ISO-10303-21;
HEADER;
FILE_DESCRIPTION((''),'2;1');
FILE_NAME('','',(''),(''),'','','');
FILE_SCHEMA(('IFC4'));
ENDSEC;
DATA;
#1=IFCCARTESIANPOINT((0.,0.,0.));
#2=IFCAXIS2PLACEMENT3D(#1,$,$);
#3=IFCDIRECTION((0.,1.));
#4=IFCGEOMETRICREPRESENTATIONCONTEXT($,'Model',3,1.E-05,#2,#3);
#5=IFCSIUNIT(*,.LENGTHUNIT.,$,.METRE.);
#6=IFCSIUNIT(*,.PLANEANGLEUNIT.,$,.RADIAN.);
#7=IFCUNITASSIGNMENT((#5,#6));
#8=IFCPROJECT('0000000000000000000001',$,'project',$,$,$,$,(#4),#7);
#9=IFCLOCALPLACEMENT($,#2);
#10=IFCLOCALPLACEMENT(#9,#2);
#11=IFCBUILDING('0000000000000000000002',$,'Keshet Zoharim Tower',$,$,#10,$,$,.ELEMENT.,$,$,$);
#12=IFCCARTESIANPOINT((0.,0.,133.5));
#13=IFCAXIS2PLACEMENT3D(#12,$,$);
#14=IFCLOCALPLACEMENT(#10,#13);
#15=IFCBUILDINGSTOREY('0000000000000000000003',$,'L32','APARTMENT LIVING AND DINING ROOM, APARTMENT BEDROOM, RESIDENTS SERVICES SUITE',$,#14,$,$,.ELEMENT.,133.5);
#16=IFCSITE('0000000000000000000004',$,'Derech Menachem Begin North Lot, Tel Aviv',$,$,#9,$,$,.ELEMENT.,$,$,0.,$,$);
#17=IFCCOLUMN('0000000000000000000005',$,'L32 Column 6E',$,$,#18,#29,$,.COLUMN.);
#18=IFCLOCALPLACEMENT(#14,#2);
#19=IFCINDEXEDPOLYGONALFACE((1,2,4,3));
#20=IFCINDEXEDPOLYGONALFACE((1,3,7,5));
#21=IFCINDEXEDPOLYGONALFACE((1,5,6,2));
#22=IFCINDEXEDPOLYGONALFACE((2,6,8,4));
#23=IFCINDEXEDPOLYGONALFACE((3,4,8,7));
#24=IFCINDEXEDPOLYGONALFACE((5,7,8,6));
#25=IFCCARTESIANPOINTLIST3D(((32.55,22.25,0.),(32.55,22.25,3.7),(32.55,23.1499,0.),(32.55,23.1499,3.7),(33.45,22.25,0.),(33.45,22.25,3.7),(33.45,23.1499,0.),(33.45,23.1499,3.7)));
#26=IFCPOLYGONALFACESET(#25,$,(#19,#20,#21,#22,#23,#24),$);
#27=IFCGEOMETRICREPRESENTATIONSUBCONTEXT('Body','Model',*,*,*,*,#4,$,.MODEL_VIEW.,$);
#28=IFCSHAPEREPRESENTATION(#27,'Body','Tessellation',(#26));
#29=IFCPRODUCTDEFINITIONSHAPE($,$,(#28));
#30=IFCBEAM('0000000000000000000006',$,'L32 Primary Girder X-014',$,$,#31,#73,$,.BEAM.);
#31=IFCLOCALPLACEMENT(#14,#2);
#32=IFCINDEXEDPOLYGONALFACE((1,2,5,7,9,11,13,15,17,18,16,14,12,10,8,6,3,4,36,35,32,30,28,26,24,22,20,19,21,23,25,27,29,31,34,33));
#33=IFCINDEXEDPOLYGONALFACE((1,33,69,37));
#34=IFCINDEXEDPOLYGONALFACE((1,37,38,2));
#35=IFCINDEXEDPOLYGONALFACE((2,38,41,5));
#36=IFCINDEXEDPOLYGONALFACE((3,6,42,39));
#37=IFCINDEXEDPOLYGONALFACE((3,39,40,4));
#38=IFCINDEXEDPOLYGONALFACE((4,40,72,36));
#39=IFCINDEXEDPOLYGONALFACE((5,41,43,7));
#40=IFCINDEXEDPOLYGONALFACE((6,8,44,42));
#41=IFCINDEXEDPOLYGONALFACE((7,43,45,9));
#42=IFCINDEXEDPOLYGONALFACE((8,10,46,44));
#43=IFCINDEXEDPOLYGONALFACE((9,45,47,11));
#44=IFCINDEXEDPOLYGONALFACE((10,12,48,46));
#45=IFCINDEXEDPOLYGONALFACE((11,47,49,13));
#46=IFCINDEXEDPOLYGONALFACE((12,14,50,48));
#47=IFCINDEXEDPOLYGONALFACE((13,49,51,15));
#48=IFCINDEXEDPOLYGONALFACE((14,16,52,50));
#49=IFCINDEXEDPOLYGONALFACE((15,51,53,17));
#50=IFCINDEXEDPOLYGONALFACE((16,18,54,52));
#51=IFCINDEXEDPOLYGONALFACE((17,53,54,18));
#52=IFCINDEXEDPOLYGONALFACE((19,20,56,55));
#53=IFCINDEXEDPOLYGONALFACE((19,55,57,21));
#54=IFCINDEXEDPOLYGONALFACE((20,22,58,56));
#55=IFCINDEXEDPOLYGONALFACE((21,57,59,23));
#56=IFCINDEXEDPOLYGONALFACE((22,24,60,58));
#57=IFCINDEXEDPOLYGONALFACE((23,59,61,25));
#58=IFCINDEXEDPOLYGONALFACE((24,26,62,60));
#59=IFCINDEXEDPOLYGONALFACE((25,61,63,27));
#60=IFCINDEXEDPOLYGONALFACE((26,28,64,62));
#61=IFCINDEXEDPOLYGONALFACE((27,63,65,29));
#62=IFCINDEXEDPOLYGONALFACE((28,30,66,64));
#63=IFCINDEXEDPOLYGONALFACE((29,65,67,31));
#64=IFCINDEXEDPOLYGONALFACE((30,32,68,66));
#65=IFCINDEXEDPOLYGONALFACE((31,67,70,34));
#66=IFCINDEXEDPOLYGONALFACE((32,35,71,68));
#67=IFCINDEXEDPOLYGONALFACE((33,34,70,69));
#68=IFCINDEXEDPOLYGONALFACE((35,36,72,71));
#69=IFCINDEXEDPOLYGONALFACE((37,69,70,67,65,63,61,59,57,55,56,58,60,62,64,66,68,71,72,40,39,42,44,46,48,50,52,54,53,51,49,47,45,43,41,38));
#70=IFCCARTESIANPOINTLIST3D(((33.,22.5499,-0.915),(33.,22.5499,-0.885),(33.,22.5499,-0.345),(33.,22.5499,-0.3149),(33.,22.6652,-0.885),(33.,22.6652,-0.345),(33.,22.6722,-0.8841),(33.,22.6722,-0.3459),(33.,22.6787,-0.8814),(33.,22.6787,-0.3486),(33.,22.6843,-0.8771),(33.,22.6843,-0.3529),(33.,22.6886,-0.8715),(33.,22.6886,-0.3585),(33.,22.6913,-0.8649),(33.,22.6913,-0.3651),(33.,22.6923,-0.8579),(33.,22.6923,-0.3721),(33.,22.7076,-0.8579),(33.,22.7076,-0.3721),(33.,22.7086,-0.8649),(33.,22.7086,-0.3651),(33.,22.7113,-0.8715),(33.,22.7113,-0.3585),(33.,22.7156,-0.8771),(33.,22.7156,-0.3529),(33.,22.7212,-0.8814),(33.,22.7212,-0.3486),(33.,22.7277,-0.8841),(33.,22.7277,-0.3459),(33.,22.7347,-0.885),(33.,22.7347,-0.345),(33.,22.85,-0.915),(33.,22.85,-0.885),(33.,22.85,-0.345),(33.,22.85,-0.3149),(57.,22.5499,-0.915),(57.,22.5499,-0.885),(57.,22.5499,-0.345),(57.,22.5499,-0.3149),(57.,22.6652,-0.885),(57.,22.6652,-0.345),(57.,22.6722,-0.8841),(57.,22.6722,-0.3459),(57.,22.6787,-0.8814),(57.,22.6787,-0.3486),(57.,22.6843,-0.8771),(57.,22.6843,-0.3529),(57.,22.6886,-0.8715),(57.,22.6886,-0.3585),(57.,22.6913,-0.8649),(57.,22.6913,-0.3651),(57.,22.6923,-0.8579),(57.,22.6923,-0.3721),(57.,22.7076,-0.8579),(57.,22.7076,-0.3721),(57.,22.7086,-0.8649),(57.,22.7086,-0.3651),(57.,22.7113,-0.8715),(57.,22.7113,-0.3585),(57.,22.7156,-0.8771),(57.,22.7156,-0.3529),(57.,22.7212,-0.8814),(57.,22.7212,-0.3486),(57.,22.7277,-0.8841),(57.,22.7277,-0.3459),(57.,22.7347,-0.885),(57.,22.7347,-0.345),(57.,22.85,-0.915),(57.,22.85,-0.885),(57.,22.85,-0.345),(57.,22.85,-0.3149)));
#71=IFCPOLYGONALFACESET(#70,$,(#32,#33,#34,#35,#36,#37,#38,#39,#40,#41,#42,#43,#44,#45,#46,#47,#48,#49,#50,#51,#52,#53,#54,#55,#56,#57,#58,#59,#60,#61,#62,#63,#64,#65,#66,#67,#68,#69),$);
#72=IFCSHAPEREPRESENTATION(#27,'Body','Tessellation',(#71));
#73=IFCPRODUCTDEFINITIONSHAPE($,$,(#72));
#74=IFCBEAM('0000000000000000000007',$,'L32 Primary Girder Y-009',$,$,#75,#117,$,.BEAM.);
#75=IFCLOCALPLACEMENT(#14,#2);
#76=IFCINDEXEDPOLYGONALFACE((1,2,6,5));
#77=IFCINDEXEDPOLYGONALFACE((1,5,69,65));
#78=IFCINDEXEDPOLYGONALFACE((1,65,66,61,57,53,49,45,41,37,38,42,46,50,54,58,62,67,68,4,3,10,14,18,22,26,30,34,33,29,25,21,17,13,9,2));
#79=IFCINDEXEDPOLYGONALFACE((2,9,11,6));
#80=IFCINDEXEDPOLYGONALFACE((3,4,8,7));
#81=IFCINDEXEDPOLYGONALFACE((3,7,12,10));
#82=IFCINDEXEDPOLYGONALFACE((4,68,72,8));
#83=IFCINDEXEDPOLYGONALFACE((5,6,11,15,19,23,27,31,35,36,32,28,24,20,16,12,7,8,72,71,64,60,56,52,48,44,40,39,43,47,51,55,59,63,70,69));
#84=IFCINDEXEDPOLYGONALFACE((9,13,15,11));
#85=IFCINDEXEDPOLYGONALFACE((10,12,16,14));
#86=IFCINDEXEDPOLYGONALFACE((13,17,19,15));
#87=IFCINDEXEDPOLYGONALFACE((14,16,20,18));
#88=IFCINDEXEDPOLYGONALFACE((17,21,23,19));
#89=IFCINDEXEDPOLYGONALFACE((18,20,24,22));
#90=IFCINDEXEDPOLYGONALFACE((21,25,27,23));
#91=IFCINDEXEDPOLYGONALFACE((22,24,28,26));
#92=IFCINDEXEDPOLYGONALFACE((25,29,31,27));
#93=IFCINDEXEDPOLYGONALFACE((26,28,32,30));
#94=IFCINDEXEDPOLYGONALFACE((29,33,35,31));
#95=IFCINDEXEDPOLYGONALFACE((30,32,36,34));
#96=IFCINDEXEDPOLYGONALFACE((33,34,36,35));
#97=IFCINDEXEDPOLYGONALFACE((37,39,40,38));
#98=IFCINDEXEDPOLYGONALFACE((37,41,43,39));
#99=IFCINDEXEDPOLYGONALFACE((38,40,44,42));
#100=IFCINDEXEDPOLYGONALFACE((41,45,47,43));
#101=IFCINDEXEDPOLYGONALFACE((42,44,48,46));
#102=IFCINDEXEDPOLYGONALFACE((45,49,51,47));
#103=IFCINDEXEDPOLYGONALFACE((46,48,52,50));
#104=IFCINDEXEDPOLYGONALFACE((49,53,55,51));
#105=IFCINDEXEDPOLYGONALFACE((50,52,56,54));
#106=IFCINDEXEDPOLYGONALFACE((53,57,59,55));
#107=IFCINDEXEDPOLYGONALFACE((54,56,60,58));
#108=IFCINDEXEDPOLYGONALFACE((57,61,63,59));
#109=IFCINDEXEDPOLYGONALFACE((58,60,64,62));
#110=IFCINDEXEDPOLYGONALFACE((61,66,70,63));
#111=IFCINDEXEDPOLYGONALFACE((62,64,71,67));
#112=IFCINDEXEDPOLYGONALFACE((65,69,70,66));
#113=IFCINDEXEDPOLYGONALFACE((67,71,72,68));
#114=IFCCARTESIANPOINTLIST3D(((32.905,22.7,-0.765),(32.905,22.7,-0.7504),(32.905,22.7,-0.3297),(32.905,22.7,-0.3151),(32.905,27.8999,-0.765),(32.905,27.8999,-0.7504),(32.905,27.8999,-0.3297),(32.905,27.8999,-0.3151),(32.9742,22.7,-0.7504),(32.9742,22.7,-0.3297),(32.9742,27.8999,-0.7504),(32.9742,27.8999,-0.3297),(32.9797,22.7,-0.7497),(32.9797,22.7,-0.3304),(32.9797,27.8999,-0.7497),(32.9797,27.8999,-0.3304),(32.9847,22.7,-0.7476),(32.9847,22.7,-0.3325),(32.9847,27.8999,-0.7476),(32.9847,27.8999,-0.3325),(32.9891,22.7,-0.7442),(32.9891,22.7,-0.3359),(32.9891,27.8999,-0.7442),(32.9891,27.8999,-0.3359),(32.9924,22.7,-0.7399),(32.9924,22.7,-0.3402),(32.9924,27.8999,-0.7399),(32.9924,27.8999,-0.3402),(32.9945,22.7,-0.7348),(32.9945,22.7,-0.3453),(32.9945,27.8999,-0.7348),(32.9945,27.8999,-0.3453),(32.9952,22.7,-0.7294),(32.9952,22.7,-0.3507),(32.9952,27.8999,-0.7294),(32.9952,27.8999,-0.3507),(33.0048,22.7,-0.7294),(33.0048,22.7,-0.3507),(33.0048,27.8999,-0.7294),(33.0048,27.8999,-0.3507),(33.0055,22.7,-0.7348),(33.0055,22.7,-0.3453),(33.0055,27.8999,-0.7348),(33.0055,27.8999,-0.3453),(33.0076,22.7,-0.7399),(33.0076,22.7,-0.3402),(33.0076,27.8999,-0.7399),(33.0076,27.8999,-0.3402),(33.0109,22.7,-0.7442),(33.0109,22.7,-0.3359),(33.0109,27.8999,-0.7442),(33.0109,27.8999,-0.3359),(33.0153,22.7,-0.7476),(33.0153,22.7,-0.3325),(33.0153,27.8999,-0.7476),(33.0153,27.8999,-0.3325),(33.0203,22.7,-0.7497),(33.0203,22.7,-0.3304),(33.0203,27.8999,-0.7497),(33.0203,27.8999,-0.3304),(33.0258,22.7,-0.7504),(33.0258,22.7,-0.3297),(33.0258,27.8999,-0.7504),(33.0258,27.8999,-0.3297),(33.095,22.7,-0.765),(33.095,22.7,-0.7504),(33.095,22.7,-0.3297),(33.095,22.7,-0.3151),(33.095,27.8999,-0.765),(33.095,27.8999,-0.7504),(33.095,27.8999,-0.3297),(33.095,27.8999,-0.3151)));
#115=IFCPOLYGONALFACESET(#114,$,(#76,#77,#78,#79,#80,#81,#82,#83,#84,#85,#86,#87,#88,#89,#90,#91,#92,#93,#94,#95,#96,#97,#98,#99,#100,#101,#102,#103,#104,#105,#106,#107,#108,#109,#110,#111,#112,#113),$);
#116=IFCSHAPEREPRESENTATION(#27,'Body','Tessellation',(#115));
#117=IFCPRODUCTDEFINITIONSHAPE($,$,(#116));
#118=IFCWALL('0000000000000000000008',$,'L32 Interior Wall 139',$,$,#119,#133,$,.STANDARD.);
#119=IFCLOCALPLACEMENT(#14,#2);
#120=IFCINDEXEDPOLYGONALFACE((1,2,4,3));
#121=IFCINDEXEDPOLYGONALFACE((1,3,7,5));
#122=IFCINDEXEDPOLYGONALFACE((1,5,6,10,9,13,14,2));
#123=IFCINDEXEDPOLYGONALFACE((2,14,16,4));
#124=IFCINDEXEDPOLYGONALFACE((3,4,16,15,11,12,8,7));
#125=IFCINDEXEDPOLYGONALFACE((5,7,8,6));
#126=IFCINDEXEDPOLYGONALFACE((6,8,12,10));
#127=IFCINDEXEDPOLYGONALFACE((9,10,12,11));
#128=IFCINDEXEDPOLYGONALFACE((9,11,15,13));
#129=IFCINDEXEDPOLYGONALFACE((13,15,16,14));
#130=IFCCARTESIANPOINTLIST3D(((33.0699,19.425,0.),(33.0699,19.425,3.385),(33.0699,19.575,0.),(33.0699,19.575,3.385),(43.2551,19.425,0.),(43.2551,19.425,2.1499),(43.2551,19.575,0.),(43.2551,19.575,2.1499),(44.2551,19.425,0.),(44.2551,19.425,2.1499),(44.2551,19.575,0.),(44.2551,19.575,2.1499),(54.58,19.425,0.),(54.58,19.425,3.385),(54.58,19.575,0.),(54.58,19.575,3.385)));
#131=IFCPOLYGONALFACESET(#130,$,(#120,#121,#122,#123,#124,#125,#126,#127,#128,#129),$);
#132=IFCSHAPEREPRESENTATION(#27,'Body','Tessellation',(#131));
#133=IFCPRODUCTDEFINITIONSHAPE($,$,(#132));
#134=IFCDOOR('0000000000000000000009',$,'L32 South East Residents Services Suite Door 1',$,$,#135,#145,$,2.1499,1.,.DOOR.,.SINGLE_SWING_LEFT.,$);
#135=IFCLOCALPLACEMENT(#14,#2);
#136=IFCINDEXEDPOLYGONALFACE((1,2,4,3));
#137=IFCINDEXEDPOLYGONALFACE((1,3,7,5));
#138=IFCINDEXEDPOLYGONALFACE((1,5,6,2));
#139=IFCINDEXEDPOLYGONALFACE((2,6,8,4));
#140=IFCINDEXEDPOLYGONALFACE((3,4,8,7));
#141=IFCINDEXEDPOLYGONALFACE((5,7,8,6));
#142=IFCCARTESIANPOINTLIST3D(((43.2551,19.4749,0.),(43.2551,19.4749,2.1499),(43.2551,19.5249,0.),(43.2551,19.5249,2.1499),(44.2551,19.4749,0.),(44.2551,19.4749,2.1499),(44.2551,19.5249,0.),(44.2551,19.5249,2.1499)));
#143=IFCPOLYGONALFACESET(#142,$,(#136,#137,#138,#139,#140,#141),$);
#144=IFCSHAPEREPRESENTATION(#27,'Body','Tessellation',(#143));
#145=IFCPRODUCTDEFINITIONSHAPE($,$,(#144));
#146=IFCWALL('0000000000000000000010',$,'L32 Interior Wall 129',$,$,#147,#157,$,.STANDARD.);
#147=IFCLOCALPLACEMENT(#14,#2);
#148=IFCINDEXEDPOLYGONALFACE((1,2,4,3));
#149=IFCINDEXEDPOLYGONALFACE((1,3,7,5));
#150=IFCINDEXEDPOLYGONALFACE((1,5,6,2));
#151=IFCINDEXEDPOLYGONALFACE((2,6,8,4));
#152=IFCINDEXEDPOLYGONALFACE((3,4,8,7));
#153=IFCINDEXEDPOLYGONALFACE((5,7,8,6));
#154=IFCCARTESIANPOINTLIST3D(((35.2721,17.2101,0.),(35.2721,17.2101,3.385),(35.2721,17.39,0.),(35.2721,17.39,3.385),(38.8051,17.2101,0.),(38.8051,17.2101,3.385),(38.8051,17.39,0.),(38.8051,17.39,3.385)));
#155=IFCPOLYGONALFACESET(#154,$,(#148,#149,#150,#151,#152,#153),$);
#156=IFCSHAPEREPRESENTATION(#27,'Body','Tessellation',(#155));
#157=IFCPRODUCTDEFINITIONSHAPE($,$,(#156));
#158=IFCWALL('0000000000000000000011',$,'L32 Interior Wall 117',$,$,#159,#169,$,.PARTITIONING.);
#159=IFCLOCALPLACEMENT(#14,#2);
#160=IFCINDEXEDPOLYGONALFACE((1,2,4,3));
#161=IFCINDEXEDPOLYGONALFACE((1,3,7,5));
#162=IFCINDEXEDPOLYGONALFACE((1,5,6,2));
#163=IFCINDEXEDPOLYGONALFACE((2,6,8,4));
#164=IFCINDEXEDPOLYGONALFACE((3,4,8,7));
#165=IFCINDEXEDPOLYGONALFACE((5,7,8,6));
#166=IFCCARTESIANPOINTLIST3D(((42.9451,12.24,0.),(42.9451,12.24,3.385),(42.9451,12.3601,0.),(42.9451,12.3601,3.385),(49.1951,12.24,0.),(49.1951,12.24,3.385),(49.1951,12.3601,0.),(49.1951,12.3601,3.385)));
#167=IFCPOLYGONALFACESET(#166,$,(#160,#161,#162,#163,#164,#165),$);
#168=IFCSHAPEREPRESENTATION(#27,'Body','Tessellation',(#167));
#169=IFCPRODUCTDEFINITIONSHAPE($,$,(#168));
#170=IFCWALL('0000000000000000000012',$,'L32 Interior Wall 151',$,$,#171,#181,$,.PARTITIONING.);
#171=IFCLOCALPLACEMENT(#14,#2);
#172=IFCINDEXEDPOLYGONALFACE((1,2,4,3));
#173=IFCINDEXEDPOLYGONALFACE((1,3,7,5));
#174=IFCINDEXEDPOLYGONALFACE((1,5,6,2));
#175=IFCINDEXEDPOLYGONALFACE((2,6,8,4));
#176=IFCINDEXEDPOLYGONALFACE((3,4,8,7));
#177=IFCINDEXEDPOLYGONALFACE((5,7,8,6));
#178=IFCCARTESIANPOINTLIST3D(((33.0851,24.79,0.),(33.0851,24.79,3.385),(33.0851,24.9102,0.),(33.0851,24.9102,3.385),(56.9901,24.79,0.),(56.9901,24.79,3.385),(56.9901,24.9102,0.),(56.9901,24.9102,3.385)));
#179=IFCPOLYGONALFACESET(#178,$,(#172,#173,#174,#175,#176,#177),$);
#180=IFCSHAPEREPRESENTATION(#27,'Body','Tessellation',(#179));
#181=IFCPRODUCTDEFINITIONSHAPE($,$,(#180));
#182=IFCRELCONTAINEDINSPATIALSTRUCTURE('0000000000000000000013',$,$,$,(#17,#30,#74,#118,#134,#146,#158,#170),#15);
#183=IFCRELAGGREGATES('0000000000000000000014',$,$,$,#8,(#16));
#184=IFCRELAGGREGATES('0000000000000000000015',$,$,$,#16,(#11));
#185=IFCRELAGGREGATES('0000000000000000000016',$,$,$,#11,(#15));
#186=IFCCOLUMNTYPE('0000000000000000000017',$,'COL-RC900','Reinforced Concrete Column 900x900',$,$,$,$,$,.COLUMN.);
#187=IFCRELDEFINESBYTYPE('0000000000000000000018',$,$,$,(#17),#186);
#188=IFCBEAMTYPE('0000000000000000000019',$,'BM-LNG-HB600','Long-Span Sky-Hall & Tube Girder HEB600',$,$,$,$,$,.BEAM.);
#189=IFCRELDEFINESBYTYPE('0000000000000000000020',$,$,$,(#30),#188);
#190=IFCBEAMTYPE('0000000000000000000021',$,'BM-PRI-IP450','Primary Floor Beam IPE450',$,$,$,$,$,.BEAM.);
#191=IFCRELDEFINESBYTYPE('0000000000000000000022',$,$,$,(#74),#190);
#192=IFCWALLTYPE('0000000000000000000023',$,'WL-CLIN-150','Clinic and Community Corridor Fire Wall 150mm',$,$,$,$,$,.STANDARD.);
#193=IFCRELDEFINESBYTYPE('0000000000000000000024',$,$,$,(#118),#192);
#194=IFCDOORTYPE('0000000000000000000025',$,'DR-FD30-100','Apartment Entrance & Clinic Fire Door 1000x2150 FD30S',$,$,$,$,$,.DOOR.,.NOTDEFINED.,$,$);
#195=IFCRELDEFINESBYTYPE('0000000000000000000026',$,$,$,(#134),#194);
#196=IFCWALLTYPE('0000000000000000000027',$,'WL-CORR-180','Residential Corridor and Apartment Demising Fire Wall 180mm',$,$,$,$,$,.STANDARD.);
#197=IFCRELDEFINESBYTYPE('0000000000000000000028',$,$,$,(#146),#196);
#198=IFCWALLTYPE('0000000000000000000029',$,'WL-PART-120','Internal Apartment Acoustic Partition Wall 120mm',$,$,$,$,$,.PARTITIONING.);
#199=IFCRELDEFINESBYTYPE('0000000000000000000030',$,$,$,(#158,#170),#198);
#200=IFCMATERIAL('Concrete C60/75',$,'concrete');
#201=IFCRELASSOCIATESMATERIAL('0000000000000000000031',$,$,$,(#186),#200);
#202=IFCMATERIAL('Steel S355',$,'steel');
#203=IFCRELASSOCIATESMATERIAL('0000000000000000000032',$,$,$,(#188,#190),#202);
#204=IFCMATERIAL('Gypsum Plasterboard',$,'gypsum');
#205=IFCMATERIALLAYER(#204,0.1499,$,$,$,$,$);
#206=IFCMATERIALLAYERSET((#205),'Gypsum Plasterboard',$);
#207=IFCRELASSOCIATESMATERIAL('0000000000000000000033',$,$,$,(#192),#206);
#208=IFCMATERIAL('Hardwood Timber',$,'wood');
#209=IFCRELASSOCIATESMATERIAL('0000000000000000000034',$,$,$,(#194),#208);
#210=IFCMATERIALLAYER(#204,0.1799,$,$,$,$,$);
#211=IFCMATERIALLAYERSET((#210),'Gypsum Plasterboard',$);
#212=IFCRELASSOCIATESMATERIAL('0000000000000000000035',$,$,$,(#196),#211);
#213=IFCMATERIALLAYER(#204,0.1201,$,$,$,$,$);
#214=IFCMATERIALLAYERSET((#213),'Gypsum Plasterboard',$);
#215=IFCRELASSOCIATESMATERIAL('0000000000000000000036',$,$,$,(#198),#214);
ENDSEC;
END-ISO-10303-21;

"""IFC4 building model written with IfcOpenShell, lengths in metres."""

from ifc_helpers import new_model, si_unit, direction, frame, frame_2d, origin, origin_2d, place, context, subcontext, project, spatial, rectangle, i_section, extrude, material, layer, layer_set, material_profile, profile_set, type_object, element, fill, save


model = new_model("IFC4")

# Units and contexts
model_context = context("Model", 3, precision=1e-05, world=origin(), true_north=direction((0.0, 1.0)))
body_context = subcontext(model_context, "Body", "Model", "MODEL_VIEW")
ifc_project = project(units=[si_unit("LENGTHUNIT", "METRE"), si_unit("PLANEANGLEUNIT", "RADIAN")], contexts=[model_context])

# Site, building, storey
site_placement = place(None, origin())
site = spatial("IfcSite", under=ifc_project, at=site_placement, Name="Derech Menachem Begin North Lot, Tel Aviv", CompositionType="ELEMENT", RefElevation=0.0)
building_placement = place(site_placement, origin())
building = spatial("IfcBuilding", under=site, at=building_placement, Name="Keshet Zoharim Tower", CompositionType="ELEMENT")
storey_placement = place(building_placement, frame((0.0, 0.0, 133.5)))
storey = spatial("IfcBuildingStorey", under=building, at=storey_placement, Name="L32", Description="APARTMENT LIVING AND DINING ROOM, APARTMENT BEDROOM, RESIDENTS SERVICES SUITE", CompositionType="ELEMENT", Elevation=133.5)

# Column
ifc_material_1 = material(Name="Concrete C60/75", Category="concrete")
ifc_material_profile_1 = material_profile(ifc_material_1, rectangle(XDim=0.8999, YDim=0.8999, at=origin_2d()), Name="RC900x900")
ifc_profile_set_1 = profile_set([ifc_material_profile_1], Name="Concrete C60/75")
column_type = type_object("IfcColumnType", Name="COL-RC900", Description="Reinforced Concrete Column 900x900", PredefinedType="COLUMN", material=ifc_profile_set_1)
column_placement = place(storey_placement, frame((33.0, 22.7, 0.0), z_axis=(0.0, 0.0, 1.0), x_axis=(1.0, 0.0, 0.0)))
element("IfcColumn", 1, at=column_placement, inside=storey, type_object=column_type, Name="L32 Column 6E", PredefinedType="COLUMN", context=body_context, shape_type="SweptSolid", body=[
    extrude(rectangle(XDim=0.8999, YDim=0.8999, at=origin_2d()), origin(), (0.0, 0.0, 1.0), 3.7),
])

# Beams
ifc_material_2 = material(Name="Steel S355", Category="steel")
ifc_material_profile_2 = material_profile(ifc_material_2, i_section(OverallWidth=0.3, OverallDepth=0.6001, WebThickness=0.0154, FlangeThickness=0.03, FilletRadius=0.0271, at=origin_2d()), Name="HEB600")
ifc_profile_set_2 = profile_set([ifc_material_profile_2], Name="Steel S355")
beam_type_1 = type_object("IfcBeamType", Name="BM-LNG-HB600", Description="Long-Span Sky-Hall & Tube Girder HEB600", PredefinedType="BEAM", material=ifc_profile_set_2)
beam_1_placement = place(storey_placement, frame((33.0, 22.7, -0.615), z_axis=(1.0, 0.0, 0.0), x_axis=(0.0, 1.0, 0.0)))
element("IfcBeam", 2, at=beam_1_placement, inside=storey, type_object=beam_type_1, Name="L32 Primary Girder X-014", PredefinedType="BEAM", context=body_context, shape_type="SweptSolid", body=[
    extrude(i_section(OverallWidth=0.3, OverallDepth=0.6001, WebThickness=0.0154, FlangeThickness=0.03, FilletRadius=0.0271, at=origin_2d()), origin(), (0.0, 0.0, 1.0), 24.0),
])
ifc_material_profile_3 = material_profile(ifc_material_2, i_section(OverallWidth=0.1899, OverallDepth=0.45, WebThickness=0.0095, FlangeThickness=0.0146, FilletRadius=0.021, at=origin_2d()), Name="IPE450")
ifc_profile_set_3 = profile_set([ifc_material_profile_3], Name="Steel S355")
beam_type_2 = type_object("IfcBeamType", Name="BM-PRI-IP450", Description="Primary Floor Beam IPE450", PredefinedType="BEAM", material=ifc_profile_set_3)
beam_2_placement = place(storey_placement, frame((33.0, 22.7, -0.54), z_axis=(0.0, 1.0, 0.0), x_axis=(-1.0, 0.0, 0.0)))
element("IfcBeam", 3, at=beam_2_placement, inside=storey, type_object=beam_type_2, Name="L32 Primary Girder Y-009", PredefinedType="BEAM", context=body_context, shape_type="SweptSolid", body=[
    extrude(i_section(OverallWidth=0.1899, OverallDepth=0.45, WebThickness=0.0095, FlangeThickness=0.0146, FilletRadius=0.021, at=origin_2d()), origin(), (0.0, 0.0, 1.0), 5.2),
])

# Wall, opening, door
ifc_material_3 = material(Name="Gypsum Plasterboard", Category="gypsum")
ifc_layer_1 = layer(ifc_material_3, 0.1499)
ifc_layer_set_1 = layer_set([ifc_layer_1], Name="Gypsum Plasterboard")
wall_type_1 = type_object("IfcWallType", Name="WL-CLIN-150", Description="Clinic and Community Corridor Fire Wall 150mm", PredefinedType="STANDARD", material=ifc_layer_set_1)
wall_1_placement = place(storey_placement, frame((33.0701, 19.5, 0.0), z_axis=(0.0, 0.0, 1.0), x_axis=(1.0, 0.0, 0.0)))
wall_1 = element("IfcWall", 4, at=wall_1_placement, inside=storey, type_object=wall_type_1, Name="L32 Interior Wall 139", PredefinedType="STANDARD", context=body_context, shape_type="SweptSolid", body=[
    extrude(rectangle(XDim=21.51, YDim=0.1499, at=frame_2d((10.7549, 0.0))), origin(), (0.0, 0.0, 1.0), 3.385),
])
opening_1_placement = place(wall_1_placement, frame((10.1851, 0.0, 0.0)))
opening_1 = element("IfcOpeningElement", 5, at=opening_1_placement, cuts=wall_1, PredefinedType="OPENING", context=body_context, shape_type="SweptSolid", body=[
    extrude(rectangle(XDim=1.0, YDim=2.1499, at=frame_2d((0.5, 1.075))), frame((0.0, 0.085, 0.0), z_axis=(0.0, -1.0, 0.0), x_axis=(1.0, 0.0, 0.0)), (0.0, 0.0, 1.0), 0.1699),
])
ifc_material_4 = material(Name="Hardwood Timber", Category="wood")
door_type_1 = type_object("IfcDoorType", Name="DR-FD30-100", Description="Apartment Entrance & Clinic Fire Door 1000x2150 FD30S", OperationType="NOTDEFINED", PredefinedType="DOOR", material=ifc_material_4)
door_1_placement = place(opening_1_placement, origin())
door_1 = element("IfcDoor", 6, at=door_1_placement, inside=storey, type_object=door_type_1, Name="L32 South East Residents Services Suite Door 1", OperationType="SINGLE_SWING_LEFT", OverallHeight=2.1499, OverallWidth=1.0, PredefinedType="DOOR", context=body_context, shape_type="SweptSolid", body=[
    extrude(rectangle(XDim=1.0, YDim=2.1499, at=frame_2d((0.5, 1.075))), frame((0.0, 0.0249, 0.0), z_axis=(0.0, -1.0, 0.0), x_axis=(1.0, 0.0, 0.0)), (0.0, 0.0, 1.0), 0.05),
])
fill(opening_1, door_1)
ifc_layer_2 = layer(ifc_material_3, 0.1799)
ifc_layer_set_2 = layer_set([ifc_layer_2], Name="Gypsum Plasterboard")
wall_type_2 = type_object("IfcWallType", Name="WL-CORR-180", Description="Residential Corridor and Apartment Demising Fire Wall 180mm", PredefinedType="STANDARD", material=ifc_layer_set_2)

# Wall
wall_2_placement = place(storey_placement, frame((35.272, 17.3, 0.0), z_axis=(0.0, 0.0, 1.0), x_axis=(1.0, 0.0, 0.0)))
element("IfcWall", 7, at=wall_2_placement, inside=storey, type_object=wall_type_2, Name="L32 Interior Wall 129", PredefinedType="STANDARD", context=body_context, shape_type="SweptSolid", body=[
    extrude(rectangle(XDim=3.533, YDim=0.1799, at=frame_2d((1.7666, 0.0))), origin(), (0.0, 0.0, 1.0), 3.385),
])

# Shared definitions
ifc_layer_3 = layer(ifc_material_3, 0.1201)
ifc_layer_set_3 = layer_set([ifc_layer_3], Name="Gypsum Plasterboard")
wall_type_3 = type_object("IfcWallType", Name="WL-PART-120", Description="Internal Apartment Acoustic Partition Wall 120mm", PredefinedType="PARTITIONING", material=ifc_layer_set_3)

# Walls
wall_3_placement = place(storey_placement, frame((42.9451, 12.3, 0.0), z_axis=(0.0, 0.0, 1.0), x_axis=(1.0, 0.0, 0.0)))
element("IfcWall", 8, at=wall_3_placement, inside=storey, type_object=wall_type_3, Name="L32 Interior Wall 117", PredefinedType="PARTITIONING", context=body_context, shape_type="SweptSolid", body=[
    extrude(rectangle(XDim=6.25, YDim=0.1201, at=frame_2d((3.125, 0.0))), origin(), (0.0, 0.0, 1.0), 3.385),
])
wall_4_placement = place(storey_placement, frame((33.085, 24.8501, 0.0), z_axis=(0.0, 0.0, 1.0), x_axis=(1.0, 0.0, 0.0)))
element("IfcWall", 9, at=wall_4_placement, inside=storey, type_object=wall_type_3, Name="L32 Interior Wall 151", PredefinedType="PARTITIONING", context=body_context, shape_type="SweptSolid", body=[
    extrude(rectangle(XDim=23.905, YDim=0.1201, at=frame_2d((11.9526, 0.0))), origin(), (0.0, 0.0, 1.0), 3.385),
])

save(model, "model.ifc")
